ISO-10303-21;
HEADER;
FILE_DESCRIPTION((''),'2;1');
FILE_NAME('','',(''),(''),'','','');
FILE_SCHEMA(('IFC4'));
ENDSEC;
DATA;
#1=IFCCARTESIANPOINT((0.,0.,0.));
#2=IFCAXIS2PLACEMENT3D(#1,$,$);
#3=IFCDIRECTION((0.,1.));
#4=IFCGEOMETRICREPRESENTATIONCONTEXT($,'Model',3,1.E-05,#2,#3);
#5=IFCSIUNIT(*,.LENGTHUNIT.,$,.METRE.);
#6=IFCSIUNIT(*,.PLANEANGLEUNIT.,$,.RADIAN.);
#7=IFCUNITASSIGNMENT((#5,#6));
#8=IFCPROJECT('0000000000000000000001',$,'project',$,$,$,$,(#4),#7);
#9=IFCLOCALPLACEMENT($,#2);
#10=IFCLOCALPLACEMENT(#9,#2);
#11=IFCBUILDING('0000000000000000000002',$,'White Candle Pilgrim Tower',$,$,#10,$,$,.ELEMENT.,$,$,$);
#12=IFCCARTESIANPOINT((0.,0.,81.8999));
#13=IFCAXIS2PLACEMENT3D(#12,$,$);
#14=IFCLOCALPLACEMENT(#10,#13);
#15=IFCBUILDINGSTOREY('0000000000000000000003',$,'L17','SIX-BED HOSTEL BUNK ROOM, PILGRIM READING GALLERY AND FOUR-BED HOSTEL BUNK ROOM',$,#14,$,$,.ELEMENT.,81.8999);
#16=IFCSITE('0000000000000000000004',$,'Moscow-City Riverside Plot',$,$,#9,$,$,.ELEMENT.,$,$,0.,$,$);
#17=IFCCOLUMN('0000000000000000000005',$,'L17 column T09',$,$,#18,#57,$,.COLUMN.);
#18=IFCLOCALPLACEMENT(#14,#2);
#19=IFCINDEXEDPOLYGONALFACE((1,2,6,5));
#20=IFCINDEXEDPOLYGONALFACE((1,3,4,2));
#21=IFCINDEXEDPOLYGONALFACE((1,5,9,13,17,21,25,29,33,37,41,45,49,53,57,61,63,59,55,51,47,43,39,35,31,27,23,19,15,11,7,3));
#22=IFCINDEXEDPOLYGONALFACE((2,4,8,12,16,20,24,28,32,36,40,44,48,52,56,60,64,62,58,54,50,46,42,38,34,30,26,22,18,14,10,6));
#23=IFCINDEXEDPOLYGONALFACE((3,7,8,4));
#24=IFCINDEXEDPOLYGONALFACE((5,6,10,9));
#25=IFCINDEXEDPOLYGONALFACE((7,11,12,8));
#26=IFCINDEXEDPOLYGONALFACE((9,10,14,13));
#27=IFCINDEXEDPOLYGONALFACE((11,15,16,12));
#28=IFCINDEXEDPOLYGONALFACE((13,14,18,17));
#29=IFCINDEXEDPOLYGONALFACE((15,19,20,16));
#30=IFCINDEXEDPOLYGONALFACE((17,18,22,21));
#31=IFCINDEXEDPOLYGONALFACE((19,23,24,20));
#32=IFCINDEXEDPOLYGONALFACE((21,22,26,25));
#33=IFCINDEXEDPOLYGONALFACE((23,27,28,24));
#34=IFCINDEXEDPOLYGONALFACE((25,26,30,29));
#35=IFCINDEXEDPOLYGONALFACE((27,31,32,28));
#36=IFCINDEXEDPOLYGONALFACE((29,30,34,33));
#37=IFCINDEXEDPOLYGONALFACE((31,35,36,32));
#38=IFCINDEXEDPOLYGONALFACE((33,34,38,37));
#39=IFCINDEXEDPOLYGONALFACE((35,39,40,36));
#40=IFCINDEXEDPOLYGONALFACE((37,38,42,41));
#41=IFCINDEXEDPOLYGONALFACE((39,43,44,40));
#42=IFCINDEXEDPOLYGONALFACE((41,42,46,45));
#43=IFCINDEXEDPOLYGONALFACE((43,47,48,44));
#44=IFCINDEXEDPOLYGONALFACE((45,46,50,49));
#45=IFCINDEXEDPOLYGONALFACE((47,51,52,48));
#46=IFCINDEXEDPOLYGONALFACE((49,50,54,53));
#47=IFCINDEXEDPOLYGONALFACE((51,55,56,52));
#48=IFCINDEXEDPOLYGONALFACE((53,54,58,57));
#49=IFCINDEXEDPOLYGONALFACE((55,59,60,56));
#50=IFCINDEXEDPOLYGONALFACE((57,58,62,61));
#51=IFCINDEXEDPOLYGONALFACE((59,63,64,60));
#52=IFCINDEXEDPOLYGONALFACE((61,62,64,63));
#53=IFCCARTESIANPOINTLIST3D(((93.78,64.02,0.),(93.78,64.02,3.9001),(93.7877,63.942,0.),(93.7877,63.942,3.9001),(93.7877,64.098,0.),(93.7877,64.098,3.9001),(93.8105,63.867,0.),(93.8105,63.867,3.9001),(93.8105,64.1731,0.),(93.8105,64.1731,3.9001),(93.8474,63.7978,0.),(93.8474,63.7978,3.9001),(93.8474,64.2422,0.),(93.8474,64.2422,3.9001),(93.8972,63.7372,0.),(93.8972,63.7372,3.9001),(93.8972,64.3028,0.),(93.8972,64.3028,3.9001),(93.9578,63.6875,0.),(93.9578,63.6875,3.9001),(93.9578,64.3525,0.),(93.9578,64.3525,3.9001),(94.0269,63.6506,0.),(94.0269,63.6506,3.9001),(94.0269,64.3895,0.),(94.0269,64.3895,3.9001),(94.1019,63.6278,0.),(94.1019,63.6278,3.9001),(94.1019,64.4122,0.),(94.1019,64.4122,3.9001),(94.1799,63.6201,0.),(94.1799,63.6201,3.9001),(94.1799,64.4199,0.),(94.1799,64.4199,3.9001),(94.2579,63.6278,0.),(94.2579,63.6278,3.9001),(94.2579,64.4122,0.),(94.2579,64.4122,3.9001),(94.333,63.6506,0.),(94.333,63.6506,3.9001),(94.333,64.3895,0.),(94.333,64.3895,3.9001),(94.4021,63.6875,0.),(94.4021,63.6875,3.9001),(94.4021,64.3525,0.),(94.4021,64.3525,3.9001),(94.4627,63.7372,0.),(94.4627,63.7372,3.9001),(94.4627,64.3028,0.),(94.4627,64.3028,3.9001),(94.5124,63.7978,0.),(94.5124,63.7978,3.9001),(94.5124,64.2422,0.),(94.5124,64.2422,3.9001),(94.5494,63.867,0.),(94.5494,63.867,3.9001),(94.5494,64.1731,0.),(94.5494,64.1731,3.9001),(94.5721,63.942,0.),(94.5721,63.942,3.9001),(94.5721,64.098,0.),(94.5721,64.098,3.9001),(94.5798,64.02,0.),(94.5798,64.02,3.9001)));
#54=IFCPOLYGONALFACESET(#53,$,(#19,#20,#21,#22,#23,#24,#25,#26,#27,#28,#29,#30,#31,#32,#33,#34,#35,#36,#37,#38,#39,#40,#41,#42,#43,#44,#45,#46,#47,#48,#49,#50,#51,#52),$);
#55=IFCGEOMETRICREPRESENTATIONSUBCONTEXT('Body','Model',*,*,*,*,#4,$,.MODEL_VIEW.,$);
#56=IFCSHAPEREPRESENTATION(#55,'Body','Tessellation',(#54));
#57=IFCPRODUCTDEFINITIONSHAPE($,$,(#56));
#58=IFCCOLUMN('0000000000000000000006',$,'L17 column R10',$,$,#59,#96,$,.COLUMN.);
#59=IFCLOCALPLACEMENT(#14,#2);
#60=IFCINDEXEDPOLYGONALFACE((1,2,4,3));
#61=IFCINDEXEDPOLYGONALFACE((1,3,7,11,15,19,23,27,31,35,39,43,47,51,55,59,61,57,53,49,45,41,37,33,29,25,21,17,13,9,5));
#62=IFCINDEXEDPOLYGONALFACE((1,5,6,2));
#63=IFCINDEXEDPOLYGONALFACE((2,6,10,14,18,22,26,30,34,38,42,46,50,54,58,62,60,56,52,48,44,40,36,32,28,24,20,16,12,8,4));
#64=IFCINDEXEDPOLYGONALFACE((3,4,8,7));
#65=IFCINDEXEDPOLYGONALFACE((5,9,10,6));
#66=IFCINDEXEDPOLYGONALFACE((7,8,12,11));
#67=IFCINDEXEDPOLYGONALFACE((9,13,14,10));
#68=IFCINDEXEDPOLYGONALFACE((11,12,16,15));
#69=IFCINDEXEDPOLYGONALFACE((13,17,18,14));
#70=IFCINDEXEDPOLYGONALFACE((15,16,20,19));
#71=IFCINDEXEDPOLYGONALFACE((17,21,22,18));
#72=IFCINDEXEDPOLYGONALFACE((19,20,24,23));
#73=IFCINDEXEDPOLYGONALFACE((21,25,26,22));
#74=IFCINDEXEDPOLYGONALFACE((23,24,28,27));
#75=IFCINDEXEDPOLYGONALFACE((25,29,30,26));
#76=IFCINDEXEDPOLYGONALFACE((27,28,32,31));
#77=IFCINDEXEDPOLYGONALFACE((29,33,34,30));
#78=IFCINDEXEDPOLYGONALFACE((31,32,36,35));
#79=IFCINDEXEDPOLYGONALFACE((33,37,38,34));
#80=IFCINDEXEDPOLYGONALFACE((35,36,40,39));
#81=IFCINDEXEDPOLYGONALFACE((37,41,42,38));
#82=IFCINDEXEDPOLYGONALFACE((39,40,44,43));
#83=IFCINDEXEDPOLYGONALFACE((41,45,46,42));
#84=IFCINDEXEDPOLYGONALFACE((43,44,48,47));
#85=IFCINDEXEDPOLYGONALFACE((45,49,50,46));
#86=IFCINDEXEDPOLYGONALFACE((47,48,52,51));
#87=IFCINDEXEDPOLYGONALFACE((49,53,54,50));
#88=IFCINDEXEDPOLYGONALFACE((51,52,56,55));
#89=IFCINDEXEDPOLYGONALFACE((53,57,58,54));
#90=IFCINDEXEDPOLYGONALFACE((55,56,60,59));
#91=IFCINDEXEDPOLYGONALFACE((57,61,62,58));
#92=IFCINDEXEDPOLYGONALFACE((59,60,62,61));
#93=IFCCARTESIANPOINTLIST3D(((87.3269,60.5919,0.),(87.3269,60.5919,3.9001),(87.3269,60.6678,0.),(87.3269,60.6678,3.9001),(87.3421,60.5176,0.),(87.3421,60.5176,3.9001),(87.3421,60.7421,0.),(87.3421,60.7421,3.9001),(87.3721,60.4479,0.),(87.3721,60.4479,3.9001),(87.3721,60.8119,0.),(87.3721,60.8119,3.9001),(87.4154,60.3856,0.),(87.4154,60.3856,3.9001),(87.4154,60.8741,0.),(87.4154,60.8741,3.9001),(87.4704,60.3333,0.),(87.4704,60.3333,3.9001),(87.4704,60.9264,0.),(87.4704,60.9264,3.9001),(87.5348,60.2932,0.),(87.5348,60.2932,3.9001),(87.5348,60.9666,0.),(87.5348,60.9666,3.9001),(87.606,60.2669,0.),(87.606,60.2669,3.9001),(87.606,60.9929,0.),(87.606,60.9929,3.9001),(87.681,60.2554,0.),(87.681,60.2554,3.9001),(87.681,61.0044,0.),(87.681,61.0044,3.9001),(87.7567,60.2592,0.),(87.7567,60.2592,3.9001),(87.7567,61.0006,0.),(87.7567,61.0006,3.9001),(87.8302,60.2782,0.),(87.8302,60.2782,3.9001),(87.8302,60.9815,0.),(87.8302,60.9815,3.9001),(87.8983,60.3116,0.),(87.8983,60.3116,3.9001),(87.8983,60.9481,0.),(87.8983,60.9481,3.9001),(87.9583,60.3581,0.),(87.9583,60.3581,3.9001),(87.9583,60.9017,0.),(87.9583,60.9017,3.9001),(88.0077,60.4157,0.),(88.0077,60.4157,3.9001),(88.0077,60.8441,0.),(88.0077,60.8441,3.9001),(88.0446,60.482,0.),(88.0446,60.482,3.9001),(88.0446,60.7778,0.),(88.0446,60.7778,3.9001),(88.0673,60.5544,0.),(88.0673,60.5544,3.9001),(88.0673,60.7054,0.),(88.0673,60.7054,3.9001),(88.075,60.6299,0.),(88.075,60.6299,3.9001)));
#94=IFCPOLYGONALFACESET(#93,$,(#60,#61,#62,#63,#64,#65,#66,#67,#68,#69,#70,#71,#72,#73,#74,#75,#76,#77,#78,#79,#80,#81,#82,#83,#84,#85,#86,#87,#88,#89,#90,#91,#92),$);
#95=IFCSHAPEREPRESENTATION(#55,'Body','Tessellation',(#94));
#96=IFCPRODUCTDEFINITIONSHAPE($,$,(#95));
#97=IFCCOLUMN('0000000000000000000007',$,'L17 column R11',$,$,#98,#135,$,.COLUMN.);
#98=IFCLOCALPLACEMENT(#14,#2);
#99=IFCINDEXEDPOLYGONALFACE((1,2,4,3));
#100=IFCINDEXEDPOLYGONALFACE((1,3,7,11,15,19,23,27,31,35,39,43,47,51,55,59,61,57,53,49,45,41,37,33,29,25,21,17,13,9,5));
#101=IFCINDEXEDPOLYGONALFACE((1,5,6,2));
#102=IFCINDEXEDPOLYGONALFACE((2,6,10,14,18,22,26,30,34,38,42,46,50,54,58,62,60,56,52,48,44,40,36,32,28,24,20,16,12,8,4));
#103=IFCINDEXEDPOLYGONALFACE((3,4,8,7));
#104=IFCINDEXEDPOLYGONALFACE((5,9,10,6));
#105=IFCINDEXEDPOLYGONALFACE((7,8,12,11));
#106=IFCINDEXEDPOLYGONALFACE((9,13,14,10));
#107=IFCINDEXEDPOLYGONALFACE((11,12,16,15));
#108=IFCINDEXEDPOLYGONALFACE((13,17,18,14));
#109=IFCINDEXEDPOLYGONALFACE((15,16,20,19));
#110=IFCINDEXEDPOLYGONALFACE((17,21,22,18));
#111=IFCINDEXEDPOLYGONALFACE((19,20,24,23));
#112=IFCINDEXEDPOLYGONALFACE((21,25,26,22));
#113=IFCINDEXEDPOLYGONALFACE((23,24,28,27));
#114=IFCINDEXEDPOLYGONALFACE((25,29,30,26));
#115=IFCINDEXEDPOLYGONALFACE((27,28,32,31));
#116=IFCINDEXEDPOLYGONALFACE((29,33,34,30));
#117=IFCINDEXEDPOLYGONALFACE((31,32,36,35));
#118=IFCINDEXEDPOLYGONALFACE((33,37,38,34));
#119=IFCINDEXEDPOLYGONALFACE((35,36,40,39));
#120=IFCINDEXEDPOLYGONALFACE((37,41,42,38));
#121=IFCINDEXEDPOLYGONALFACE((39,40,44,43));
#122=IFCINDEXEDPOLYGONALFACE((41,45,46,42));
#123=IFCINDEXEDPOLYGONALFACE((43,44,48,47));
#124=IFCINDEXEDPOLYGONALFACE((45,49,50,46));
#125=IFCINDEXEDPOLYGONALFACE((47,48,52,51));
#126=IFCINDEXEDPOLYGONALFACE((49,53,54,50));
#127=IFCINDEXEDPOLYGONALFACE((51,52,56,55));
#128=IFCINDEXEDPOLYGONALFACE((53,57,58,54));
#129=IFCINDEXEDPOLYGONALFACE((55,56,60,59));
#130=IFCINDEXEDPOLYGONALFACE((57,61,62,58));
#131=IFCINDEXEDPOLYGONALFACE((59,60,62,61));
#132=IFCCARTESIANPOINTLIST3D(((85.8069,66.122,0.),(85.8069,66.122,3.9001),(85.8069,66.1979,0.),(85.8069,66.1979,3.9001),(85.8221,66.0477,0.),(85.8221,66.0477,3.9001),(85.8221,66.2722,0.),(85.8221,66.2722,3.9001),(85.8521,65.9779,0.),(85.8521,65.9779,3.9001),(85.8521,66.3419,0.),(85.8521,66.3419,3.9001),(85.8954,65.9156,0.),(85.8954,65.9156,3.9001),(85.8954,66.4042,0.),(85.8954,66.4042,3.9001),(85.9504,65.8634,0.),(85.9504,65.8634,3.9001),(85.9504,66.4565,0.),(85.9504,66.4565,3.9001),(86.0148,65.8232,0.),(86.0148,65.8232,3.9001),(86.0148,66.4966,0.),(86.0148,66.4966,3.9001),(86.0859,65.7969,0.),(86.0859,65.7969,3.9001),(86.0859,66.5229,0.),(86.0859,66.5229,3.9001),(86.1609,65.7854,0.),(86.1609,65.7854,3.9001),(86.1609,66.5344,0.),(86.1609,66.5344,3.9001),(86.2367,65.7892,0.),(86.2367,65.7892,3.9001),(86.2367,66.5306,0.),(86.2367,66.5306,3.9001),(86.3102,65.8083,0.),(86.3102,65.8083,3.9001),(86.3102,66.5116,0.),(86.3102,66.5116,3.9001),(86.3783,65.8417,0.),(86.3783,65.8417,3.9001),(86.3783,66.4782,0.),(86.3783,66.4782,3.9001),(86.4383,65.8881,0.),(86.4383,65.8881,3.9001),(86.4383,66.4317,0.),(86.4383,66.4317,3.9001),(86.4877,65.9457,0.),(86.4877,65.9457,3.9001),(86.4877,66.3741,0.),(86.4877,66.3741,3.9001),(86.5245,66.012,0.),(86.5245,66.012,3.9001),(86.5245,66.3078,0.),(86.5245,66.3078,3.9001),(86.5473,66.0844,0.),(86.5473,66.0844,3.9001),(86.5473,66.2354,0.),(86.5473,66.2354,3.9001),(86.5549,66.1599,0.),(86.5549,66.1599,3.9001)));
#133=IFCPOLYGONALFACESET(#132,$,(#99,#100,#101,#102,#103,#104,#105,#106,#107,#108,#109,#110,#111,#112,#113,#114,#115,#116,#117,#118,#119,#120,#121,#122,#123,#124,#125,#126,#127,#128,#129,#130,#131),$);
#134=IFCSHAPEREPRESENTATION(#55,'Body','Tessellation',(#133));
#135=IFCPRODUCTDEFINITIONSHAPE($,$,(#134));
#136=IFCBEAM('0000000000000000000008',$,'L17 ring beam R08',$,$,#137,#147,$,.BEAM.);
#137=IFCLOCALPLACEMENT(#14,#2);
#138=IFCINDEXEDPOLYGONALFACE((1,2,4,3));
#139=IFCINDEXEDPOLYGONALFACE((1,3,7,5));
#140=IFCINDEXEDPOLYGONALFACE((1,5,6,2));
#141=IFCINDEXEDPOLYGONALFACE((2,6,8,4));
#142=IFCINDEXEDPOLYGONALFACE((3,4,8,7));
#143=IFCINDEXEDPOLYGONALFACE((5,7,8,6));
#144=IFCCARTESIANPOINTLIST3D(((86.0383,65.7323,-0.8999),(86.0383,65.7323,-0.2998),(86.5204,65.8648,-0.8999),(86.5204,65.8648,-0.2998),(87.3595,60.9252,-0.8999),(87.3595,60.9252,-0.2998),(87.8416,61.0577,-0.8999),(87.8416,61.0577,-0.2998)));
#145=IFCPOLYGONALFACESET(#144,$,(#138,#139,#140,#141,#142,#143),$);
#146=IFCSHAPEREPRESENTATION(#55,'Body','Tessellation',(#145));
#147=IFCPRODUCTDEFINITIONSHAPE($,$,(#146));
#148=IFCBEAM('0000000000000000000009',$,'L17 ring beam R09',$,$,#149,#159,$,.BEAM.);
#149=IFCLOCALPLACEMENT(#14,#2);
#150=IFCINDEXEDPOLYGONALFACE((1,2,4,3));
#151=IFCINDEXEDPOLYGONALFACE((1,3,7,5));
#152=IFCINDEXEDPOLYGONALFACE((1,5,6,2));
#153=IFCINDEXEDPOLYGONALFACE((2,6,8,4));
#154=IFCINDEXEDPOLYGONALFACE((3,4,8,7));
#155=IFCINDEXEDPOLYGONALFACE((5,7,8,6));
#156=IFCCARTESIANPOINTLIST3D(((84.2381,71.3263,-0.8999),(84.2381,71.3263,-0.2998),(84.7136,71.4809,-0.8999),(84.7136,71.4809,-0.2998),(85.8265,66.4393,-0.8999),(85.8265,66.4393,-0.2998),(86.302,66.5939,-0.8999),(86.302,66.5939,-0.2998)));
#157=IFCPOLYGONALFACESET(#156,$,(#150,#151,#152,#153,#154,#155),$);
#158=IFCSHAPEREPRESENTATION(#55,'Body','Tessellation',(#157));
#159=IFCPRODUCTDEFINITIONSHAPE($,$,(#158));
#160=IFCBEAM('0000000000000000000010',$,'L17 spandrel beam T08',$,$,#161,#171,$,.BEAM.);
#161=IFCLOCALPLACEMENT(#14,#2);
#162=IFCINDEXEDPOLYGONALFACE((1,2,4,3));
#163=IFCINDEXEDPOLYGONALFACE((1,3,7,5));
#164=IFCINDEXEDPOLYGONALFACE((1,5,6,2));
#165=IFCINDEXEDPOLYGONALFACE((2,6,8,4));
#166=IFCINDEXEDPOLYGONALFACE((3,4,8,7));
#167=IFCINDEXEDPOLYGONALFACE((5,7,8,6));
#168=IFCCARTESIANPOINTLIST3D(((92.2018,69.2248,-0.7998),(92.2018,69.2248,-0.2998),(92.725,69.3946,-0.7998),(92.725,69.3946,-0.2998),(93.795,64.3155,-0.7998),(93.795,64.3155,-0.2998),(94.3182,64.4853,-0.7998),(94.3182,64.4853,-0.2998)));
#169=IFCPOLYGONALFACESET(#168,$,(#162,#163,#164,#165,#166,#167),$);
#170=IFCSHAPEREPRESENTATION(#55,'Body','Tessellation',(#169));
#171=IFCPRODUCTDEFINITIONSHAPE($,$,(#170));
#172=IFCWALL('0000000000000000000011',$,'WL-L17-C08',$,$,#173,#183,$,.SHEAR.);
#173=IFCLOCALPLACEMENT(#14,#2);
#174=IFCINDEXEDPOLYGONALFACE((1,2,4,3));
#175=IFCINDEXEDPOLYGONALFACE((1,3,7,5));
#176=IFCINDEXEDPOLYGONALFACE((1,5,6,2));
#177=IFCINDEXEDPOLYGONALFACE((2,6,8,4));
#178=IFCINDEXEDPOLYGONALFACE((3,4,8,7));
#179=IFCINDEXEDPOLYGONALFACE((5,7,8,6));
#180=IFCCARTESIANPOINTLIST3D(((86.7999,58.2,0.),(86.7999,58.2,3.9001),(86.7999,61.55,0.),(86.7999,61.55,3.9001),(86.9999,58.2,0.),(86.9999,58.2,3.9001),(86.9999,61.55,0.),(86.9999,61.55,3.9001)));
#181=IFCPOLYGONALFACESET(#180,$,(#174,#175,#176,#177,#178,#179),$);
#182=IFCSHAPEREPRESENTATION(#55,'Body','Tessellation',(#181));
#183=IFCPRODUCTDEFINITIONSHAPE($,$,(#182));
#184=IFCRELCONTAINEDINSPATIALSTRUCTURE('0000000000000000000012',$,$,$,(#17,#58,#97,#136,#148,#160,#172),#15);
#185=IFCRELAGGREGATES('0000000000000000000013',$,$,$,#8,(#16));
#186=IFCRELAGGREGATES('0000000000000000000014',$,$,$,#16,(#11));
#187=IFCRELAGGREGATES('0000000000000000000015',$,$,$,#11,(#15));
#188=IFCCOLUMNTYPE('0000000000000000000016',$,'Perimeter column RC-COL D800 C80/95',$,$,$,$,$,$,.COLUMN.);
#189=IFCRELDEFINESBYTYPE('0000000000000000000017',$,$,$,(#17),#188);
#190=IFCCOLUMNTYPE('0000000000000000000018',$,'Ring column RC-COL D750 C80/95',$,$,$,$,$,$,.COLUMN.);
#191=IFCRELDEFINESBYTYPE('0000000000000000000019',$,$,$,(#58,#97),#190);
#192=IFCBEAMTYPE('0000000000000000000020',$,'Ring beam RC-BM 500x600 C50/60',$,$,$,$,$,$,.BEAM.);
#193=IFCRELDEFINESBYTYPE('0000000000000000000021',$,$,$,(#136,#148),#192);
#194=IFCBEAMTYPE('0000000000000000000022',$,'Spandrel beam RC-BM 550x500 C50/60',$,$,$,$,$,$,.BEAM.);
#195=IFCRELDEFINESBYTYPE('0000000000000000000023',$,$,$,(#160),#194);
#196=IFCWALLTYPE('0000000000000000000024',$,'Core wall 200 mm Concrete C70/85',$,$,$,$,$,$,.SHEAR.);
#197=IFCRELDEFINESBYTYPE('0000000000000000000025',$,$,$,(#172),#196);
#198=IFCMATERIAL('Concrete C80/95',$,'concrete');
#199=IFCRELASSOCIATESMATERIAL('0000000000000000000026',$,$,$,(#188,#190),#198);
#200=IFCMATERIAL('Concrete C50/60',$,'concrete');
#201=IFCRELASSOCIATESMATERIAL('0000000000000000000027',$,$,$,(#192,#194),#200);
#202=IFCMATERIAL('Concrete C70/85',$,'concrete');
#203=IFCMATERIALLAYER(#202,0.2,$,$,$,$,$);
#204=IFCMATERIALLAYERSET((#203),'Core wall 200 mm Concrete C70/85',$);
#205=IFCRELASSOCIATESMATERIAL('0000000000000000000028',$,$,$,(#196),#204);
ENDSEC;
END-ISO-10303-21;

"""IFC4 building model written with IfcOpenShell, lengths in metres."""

from ifc_helpers import new_model, si_unit, direction, frame, frame_2d, origin, origin_2d, place, context, subcontext, project, spatial, rectangle, circle, extrude, material, layer, layer_set, material_profile, profile_set, type_object, element, save


model = new_model("IFC4")

# Units and contexts
model_context = context("Model", 3, precision=1e-05, world=origin(), true_north=direction((0.0, 1.0)))
body_context = subcontext(model_context, "Body", "Model", "MODEL_VIEW")
ifc_project = project(units=[si_unit("LENGTHUNIT", "METRE"), si_unit("PLANEANGLEUNIT", "RADIAN")], contexts=[model_context])

# Site, building, storey
site_placement = place(None, origin())
site = spatial("IfcSite", under=ifc_project, at=site_placement, Name="Moscow-City Riverside Plot", CompositionType="ELEMENT", RefElevation=0.0)
building_placement = place(site_placement, origin())
building = spatial("IfcBuilding", under=site, at=building_placement, Name="White Candle Pilgrim Tower", CompositionType="ELEMENT")
storey_placement = place(building_placement, frame((0.0, 0.0, 81.8999)))
storey = spatial("IfcBuildingStorey", under=building, at=storey_placement, Name="L17", Description="SIX-BED HOSTEL BUNK ROOM, PILGRIM READING GALLERY AND FOUR-BED HOSTEL BUNK ROOM", CompositionType="ELEMENT", Elevation=81.8999)

# Columns
ifc_material_1 = material(Name="Concrete C80/95", Category="concrete")
ifc_material_profile_1 = material_profile(ifc_material_1, circle(Radius=0.3999, at=origin_2d()), Name="RC-COL D800")
ifc_profile_set_1 = profile_set([ifc_material_profile_1], Name="Concrete C80/95")
column_type_1 = type_object("IfcColumnType", Name="Perimeter column RC-COL D800 C80/95", PredefinedType="COLUMN", material=ifc_profile_set_1)
column_placement = place(storey_placement, frame((94.1799, 64.02, 0.0), z_axis=(0.0, 0.0, 1.0), x_axis=(1.0, 0.0, 0.0)))
element("IfcColumn", 1, at=column_placement, inside=storey, type_object=column_type_1, Name="L17 column T09", PredefinedType="COLUMN", context=body_context, shape_type="SweptSolid", body=[
    extrude(circle(Radius=0.3999, at=origin_2d()), origin(), (0.0, 0.0, 1.0), 3.9001),
])
ifc_material_profile_2 = material_profile(ifc_material_1, circle(Radius=0.375, at=origin_2d()), Name="RC-COL D750")
ifc_profile_set_2 = profile_set([ifc_material_profile_2], Name="Concrete C80/95")
column_type_2 = type_object("IfcColumnType", Name="Ring column RC-COL D750 C80/95", PredefinedType="COLUMN", material=ifc_profile_set_2)
for number, where, z_axis, x_axis, name in (
    (2, (87.7, 60.6299, 0.0), (0.0, 0.0, 1.0), (1.0, 0.0, 0.0), "L17 column R10"),
    (3, (86.1799, 66.1599, 0.0), (0.0, 0.0, 1.0), (1.0, 0.0, 0.0), "L17 column R11"),
):
    element("IfcColumn", number, at=place(storey_placement, frame(where, z_axis=z_axis, x_axis=x_axis)), inside=storey, type_object=column_type_2, Name=name, PredefinedType="COLUMN", context=body_context, shape_type="SweptSolid", body=[
        extrude(circle(Radius=0.375, at=origin_2d()), origin(), (0.0, 0.0, 1.0), 3.9001),
    ])

# Beams
ifc_material_2 = material(Name="Concrete C50/60", Category="concrete")
ifc_material_profile_3 = material_profile(ifc_material_2, rectangle(XDim=0.5, YDim=0.6001, at=origin_2d()), Name="RC-BM 500x600")
ifc_profile_set_3 = profile_set([ifc_material_profile_3], Name="Concrete C50/60")
beam_type_1 = type_object("IfcBeamType", Name="Ring beam RC-BM 500x600 C50/60", PredefinedType="BEAM", material=ifc_profile_set_3)
beam_1_placement = place(storey_placement, frame((87.6006, 60.9915, -0.5999), z_axis=(-0.265031, 0.96424, 0.0), x_axis=(-0.96424, -0.265031, 0.0)))
element("IfcBeam", 4, at=beam_1_placement, inside=storey, type_object=beam_type_1, Name="L17 ring beam R08", PredefinedType="BEAM", context=body_context, shape_type="SweptSolid", body=[
    extrude(rectangle(XDim=0.5, YDim=0.6001, at=origin_2d()), origin(), (0.0, 0.0, 1.0), 4.9854),
])
beam_2_placement = place(storey_placement, frame((86.0642, 66.5166, -0.5999), z_axis=(-0.309106, 0.951027, 0.0), x_axis=(-0.951027, -0.309106, 0.0)))
element("IfcBeam", 5, at=beam_2_placement, inside=storey, type_object=beam_type_1, Name="L17 ring beam R09", PredefinedType="BEAM", context=body_context, shape_type="SweptSolid", body=[
    extrude(rectangle(XDim=0.5, YDim=0.6001, at=origin_2d()), origin(), (0.0, 0.0, 1.0), 5.1387),
])
ifc_material_profile_4 = material_profile(ifc_material_2, rectangle(XDim=0.55, YDim=0.5, at=origin_2d()), Name="RC-BM 550x500")
ifc_profile_set_4 = profile_set([ifc_material_profile_4], Name="Concrete C50/60")
beam_type_2 = type_object("IfcBeamType", Name="Spandrel beam RC-BM 550x500 C50/60", PredefinedType="BEAM", material=ifc_profile_set_4)
beam_3_placement = place(storey_placement, frame((94.0566, 64.4004, -0.5498), z_axis=(-0.308683, 0.951165, 0.0), x_axis=(-0.951165, -0.308683, 0.0)))
element("IfcBeam", 6, at=beam_3_placement, inside=storey, type_object=beam_type_2, Name="L17 spandrel beam T08", PredefinedType="BEAM", context=body_context, shape_type="SweptSolid", body=[
    extrude(rectangle(XDim=0.55, YDim=0.5, at=origin_2d()), origin(), (0.0, 0.0, 1.0), 5.1614),
])

# Wall
ifc_material_3 = material(Name="Concrete C70/85", Category="concrete")
ifc_layer_1 = layer(ifc_material_3, 0.2)
ifc_layer_set_1 = layer_set([ifc_layer_1], Name="Core wall 200 mm Concrete C70/85")
wall_type_1 = type_object("IfcWallType", Name="Core wall 200 mm Concrete C70/85", PredefinedType="SHEAR", material=ifc_layer_set_1)
wall_1_placement = place(storey_placement, frame((86.8999, 58.2, 0.0), z_axis=(0.0, 0.0, 1.0), x_axis=(0.0, 1.0, 0.0)))
element("IfcWall", 7, at=wall_1_placement, inside=storey, type_object=wall_type_1, Name="WL-L17-C08", PredefinedType="SHEAR", context=body_context, shape_type="SweptSolid", body=[
    extrude(rectangle(XDim=3.3501, YDim=0.2, at=frame_2d((1.675, 0.0))), origin(), (0.0, 0.0, 1.0), 3.9001),
])

save(model, "model.ifc")
